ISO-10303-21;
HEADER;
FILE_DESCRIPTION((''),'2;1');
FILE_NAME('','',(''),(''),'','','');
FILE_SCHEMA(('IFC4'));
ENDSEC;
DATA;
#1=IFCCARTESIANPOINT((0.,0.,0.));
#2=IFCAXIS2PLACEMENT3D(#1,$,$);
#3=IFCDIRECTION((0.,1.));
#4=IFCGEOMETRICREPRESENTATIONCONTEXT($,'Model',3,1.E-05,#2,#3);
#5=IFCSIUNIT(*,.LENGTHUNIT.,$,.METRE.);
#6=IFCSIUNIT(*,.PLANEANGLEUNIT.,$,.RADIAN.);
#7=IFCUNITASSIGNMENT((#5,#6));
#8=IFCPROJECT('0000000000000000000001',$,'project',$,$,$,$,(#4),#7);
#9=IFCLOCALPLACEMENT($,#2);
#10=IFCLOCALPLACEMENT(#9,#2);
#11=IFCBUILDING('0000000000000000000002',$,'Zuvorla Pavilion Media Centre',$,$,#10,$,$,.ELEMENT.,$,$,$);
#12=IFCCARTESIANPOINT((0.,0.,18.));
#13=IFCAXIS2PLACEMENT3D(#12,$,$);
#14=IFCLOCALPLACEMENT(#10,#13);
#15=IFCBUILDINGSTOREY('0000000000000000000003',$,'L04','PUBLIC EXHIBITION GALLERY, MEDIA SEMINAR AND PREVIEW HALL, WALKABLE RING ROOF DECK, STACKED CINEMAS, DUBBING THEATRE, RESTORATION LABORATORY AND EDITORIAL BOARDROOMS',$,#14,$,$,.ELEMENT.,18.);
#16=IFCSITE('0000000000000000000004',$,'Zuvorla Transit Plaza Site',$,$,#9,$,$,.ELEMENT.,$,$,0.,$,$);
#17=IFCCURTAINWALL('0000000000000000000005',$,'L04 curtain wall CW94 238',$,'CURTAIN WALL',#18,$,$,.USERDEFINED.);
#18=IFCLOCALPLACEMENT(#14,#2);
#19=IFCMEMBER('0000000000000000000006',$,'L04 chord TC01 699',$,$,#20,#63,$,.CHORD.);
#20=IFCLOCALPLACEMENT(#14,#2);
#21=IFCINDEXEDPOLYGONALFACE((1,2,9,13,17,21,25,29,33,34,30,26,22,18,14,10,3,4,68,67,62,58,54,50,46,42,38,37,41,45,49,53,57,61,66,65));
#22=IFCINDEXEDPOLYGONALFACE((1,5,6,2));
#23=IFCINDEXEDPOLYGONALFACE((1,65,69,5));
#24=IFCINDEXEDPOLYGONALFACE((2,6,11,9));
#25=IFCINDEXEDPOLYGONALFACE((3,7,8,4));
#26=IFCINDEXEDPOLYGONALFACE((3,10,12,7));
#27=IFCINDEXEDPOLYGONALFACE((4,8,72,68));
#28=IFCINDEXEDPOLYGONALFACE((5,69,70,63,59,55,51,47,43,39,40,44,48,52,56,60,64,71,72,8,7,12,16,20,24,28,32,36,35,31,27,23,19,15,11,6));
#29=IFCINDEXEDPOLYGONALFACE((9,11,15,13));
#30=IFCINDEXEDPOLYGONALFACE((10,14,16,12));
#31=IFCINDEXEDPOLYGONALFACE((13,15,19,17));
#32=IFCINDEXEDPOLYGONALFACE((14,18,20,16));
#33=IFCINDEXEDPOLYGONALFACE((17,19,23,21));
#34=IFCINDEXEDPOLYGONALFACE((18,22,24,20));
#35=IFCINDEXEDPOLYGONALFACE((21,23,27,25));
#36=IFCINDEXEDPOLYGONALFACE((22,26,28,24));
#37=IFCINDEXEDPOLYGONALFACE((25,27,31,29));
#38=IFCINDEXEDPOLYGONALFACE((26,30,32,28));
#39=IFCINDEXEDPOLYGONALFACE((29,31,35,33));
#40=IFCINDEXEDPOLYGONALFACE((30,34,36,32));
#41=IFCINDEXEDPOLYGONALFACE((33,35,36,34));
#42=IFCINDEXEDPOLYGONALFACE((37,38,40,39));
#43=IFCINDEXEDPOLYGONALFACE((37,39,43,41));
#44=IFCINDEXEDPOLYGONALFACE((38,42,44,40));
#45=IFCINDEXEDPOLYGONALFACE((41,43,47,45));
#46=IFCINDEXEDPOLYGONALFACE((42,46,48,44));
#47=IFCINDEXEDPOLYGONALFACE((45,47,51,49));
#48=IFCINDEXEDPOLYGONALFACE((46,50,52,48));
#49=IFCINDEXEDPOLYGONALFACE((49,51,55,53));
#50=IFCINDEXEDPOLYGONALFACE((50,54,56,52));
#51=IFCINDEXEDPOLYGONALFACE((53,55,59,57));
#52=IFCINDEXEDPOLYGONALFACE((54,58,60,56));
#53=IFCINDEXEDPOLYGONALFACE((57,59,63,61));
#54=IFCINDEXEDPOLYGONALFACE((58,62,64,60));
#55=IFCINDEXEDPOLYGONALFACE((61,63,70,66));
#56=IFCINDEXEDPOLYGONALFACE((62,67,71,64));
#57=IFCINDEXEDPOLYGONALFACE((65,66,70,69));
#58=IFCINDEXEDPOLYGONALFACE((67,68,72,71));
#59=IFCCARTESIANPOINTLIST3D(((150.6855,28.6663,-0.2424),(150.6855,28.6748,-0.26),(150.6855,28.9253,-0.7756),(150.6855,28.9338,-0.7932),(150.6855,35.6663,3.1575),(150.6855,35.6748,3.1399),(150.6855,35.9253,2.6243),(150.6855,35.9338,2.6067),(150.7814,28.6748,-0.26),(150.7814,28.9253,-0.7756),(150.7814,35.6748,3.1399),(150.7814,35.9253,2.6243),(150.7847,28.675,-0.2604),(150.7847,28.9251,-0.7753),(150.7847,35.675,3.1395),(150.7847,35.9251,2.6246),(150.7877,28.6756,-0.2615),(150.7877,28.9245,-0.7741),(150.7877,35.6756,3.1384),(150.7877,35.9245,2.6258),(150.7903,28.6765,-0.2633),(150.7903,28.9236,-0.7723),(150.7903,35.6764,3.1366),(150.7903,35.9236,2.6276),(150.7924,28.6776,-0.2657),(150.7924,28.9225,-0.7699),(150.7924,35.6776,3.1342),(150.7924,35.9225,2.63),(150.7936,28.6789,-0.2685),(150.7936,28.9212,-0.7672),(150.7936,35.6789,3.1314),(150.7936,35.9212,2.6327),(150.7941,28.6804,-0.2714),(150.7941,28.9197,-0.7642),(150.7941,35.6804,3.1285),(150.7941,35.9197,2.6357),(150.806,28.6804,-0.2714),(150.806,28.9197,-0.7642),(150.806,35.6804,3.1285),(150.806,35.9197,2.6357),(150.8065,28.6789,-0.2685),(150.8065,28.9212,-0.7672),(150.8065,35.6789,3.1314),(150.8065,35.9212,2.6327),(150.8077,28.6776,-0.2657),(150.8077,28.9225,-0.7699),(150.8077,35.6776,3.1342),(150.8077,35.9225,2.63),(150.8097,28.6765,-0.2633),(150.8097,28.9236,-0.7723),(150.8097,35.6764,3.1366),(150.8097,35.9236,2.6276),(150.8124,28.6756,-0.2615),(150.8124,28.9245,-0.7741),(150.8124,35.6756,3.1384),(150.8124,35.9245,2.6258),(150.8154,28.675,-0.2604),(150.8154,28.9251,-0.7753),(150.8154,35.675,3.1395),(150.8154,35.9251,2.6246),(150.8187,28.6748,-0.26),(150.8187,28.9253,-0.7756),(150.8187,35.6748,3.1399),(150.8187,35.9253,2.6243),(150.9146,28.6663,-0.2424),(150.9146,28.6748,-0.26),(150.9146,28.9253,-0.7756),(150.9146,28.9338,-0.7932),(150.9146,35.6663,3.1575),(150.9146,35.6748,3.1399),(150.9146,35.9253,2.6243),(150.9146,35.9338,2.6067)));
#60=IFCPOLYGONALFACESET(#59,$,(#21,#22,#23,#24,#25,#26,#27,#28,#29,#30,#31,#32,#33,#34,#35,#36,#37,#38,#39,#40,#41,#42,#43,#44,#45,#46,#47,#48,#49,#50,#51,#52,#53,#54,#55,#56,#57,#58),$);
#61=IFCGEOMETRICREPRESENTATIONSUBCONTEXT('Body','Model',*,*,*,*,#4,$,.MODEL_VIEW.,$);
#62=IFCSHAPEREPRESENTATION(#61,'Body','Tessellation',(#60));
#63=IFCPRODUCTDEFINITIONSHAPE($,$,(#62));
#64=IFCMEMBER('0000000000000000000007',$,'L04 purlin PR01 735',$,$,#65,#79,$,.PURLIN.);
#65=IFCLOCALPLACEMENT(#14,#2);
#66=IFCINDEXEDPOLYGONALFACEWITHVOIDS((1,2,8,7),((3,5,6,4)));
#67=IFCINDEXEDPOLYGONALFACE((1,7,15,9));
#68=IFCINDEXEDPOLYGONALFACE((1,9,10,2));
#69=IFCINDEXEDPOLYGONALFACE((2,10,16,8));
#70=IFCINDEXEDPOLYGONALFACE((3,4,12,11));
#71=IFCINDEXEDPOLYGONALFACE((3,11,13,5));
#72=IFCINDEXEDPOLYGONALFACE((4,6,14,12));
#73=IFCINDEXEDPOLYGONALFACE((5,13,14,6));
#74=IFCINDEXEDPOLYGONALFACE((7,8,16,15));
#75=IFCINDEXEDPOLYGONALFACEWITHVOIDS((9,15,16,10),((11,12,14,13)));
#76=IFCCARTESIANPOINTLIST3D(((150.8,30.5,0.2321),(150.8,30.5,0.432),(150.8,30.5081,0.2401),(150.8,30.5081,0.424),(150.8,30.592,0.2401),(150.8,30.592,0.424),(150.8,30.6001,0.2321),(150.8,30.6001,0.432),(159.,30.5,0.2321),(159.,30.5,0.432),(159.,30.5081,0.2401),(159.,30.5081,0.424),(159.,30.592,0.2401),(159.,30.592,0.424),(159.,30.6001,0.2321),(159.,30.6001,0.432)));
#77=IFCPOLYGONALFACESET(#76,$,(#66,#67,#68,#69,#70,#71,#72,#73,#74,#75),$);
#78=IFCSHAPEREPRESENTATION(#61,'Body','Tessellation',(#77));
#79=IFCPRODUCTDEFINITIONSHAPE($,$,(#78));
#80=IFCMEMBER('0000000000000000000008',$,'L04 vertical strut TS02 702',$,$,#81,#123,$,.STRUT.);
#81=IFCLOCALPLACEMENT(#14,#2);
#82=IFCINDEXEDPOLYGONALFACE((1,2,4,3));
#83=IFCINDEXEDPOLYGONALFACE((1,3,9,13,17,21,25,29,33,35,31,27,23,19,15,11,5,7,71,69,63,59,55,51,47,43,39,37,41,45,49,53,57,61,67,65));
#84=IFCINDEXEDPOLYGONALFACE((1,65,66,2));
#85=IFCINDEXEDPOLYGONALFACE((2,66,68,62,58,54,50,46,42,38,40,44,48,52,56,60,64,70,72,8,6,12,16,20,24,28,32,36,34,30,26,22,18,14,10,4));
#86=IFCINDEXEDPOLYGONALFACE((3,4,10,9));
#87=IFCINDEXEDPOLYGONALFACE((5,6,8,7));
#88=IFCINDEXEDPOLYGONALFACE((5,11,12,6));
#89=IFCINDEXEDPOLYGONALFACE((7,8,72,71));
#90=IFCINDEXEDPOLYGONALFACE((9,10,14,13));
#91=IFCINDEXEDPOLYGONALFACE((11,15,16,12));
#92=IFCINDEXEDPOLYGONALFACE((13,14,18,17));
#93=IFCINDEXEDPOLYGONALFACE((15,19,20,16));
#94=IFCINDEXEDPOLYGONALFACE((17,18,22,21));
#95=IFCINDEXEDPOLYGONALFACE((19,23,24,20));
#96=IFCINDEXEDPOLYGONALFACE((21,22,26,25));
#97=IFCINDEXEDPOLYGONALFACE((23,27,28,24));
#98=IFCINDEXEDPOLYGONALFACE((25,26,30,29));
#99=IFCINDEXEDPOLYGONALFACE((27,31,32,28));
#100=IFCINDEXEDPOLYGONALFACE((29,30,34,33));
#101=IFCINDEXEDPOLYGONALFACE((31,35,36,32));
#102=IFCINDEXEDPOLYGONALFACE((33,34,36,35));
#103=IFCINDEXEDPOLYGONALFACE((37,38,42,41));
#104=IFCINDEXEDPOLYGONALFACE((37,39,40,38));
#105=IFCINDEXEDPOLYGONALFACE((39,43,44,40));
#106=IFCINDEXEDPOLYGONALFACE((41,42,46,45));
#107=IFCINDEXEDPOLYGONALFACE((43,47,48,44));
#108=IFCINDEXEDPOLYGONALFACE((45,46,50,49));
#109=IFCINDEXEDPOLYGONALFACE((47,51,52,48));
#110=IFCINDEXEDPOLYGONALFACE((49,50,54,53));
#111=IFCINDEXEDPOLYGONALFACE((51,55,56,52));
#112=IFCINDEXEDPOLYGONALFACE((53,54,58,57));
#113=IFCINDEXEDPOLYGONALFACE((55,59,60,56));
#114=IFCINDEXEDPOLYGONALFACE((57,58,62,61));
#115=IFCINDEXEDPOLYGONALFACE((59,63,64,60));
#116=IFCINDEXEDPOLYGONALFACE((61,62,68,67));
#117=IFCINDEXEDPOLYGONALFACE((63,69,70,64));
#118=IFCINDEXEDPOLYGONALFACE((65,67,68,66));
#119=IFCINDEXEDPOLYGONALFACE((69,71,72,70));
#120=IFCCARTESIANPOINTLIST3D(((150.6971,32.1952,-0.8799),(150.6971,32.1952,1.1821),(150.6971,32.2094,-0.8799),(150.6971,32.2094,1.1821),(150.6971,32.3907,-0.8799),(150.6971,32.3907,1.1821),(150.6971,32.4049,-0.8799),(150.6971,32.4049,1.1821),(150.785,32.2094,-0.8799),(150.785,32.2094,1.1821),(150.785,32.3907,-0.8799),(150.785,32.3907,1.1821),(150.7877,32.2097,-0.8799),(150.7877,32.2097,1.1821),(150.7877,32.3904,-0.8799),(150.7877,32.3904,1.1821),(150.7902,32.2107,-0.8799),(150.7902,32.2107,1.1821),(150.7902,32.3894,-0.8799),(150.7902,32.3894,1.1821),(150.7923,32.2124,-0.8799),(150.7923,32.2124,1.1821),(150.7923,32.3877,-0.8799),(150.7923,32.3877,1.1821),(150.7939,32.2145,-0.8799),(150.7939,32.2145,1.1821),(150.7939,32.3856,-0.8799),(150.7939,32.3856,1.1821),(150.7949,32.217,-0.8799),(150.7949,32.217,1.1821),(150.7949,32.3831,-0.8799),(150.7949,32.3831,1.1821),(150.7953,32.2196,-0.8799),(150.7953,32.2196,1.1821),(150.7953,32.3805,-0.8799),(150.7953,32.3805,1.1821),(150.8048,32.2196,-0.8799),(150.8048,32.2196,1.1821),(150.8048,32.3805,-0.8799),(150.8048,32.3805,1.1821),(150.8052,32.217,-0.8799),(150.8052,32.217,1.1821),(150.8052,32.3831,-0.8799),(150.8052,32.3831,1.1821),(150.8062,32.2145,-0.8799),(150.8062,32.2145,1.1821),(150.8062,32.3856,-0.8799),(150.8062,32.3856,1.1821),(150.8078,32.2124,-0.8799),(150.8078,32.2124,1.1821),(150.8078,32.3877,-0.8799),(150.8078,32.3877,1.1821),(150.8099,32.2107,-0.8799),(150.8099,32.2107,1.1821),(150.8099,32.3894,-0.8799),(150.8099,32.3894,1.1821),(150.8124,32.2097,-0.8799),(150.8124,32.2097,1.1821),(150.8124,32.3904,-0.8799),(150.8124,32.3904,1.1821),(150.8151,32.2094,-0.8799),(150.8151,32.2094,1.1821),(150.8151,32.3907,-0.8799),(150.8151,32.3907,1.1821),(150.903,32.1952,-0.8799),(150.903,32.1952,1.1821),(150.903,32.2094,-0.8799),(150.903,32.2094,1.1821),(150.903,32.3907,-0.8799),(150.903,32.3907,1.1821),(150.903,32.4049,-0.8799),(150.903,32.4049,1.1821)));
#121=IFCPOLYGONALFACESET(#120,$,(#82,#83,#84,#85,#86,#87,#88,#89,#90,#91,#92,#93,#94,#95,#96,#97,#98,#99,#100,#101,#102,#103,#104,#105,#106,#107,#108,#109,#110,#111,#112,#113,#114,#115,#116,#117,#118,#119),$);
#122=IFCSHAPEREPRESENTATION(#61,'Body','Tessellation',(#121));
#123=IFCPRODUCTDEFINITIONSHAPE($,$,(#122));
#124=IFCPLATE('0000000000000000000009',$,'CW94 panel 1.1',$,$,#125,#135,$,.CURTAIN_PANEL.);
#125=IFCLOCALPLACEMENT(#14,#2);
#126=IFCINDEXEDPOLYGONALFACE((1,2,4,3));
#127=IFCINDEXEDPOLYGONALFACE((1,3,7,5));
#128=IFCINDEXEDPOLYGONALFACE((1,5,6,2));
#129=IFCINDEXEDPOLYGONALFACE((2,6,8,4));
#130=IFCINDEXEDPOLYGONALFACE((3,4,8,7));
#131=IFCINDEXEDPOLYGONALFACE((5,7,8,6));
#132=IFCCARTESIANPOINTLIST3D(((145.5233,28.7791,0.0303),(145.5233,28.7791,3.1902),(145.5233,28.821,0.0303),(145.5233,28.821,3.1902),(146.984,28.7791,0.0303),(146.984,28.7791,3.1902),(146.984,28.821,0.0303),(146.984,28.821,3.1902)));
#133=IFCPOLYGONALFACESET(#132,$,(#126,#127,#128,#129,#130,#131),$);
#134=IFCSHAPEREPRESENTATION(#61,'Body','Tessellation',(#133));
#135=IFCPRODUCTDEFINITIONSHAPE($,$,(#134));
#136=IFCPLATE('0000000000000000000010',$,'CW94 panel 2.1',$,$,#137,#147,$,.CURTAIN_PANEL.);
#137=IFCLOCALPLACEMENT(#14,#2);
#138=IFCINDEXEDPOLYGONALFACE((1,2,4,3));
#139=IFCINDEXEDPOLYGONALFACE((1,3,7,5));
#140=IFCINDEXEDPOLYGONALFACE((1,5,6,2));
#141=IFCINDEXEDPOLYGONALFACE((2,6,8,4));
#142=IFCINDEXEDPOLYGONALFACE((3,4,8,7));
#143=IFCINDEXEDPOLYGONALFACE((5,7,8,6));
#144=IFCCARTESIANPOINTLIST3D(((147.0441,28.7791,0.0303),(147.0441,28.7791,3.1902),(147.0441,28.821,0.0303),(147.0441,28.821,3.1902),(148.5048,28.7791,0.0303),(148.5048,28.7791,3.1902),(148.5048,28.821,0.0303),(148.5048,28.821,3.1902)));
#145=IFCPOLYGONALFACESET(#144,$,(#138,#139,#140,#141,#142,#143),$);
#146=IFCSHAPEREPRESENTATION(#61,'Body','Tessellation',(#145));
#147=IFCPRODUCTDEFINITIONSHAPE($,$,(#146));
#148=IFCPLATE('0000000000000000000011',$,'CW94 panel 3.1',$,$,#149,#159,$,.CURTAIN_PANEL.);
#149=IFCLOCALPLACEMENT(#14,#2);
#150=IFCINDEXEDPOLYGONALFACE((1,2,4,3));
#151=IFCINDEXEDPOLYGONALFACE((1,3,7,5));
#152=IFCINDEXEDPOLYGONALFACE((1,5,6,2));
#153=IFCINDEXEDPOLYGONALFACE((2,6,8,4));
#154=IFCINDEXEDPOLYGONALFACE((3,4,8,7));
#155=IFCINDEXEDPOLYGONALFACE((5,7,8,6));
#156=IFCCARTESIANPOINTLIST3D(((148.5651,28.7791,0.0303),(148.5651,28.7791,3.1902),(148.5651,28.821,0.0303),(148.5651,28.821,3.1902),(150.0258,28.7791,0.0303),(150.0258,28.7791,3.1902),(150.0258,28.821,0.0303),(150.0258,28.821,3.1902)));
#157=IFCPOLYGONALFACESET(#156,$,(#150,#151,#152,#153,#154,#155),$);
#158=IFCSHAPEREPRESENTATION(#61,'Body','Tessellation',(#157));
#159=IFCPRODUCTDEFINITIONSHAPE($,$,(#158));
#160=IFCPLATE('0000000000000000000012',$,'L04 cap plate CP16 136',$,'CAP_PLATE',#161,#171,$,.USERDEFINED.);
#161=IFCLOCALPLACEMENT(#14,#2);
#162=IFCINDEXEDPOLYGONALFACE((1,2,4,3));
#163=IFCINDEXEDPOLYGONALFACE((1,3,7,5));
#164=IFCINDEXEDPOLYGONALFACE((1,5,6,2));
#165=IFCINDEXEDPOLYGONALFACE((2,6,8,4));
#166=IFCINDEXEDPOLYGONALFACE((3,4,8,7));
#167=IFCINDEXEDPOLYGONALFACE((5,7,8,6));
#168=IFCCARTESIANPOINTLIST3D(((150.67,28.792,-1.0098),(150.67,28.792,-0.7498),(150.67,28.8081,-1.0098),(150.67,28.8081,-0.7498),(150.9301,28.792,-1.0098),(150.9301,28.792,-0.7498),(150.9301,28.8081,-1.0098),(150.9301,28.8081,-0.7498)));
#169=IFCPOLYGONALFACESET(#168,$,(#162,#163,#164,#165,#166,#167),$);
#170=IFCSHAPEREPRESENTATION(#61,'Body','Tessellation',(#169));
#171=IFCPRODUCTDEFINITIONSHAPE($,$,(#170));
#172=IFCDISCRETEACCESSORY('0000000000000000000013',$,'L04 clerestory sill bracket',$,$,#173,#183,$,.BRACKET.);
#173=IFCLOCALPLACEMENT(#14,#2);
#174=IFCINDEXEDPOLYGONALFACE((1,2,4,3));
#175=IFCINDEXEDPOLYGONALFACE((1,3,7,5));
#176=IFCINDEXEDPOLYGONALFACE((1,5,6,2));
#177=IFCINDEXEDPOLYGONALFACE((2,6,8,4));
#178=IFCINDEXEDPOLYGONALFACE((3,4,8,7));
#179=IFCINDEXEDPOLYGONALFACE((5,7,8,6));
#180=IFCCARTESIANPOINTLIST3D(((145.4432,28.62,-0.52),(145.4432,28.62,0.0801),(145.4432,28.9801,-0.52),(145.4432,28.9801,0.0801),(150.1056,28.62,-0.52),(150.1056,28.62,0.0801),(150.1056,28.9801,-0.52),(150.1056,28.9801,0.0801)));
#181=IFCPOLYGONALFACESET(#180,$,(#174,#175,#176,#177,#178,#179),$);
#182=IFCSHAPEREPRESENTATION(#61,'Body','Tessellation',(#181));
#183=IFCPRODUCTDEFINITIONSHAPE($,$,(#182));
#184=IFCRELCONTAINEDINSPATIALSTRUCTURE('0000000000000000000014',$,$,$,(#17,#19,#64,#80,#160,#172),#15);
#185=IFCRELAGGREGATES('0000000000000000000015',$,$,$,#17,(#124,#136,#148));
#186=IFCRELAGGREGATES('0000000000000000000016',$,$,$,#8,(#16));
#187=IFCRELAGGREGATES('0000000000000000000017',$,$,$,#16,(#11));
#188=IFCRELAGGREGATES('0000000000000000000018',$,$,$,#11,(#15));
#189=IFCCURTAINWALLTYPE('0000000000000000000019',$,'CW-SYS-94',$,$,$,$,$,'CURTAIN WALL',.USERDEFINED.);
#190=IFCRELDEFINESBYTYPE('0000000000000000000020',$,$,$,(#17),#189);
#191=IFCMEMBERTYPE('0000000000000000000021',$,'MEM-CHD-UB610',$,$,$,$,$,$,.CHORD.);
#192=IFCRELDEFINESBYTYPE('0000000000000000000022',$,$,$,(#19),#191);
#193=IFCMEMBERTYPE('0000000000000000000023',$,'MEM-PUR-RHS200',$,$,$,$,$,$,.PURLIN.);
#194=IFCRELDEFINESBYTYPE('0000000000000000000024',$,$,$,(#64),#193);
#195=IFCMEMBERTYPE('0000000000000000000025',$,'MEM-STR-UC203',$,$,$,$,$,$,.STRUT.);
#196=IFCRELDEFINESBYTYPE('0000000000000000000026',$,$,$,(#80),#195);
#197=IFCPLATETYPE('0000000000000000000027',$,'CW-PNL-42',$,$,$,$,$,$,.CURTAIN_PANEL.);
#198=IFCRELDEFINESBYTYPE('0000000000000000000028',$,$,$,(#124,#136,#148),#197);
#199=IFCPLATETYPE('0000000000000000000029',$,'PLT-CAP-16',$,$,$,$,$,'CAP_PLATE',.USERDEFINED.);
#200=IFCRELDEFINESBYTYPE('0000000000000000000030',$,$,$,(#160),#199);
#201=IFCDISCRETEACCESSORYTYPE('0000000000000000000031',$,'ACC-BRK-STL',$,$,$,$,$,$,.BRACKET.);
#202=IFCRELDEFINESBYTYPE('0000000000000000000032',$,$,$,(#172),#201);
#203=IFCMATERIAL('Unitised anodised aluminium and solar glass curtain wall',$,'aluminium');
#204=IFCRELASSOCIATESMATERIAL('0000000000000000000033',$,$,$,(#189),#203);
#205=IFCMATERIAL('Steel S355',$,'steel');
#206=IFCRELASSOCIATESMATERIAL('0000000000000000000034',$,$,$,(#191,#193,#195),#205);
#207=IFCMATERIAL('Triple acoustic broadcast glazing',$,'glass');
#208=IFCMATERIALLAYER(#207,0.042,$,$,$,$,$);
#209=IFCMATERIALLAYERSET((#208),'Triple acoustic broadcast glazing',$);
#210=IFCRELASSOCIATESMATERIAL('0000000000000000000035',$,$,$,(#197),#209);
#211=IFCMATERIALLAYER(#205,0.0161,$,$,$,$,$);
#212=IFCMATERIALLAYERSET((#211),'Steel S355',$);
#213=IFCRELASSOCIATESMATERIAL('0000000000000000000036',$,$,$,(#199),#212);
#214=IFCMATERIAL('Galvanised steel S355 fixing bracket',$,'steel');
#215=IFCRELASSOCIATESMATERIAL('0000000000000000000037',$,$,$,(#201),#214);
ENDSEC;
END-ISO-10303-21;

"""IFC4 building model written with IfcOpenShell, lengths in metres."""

from ifc_helpers import new_model, si_unit, direction, frame, origin, origin_2d, place, context, subcontext, project, spatial, rectangle, hollow_rectangle, i_section, extrude, material, layer, layer_set, material_profile, profile_set, type_object, element, aggregate, save


model = new_model("IFC4")

# Units and contexts
model_context = context("Model", 3, precision=1e-05, world=origin(), true_north=direction((0.0, 1.0)))
body_context = subcontext(model_context, "Body", "Model", "MODEL_VIEW")
ifc_project = project(units=[si_unit("LENGTHUNIT", "METRE"), si_unit("PLANEANGLEUNIT", "RADIAN")], contexts=[model_context])

# Site, building, storey
site_placement = place(None, origin())
site = spatial("IfcSite", under=ifc_project, at=site_placement, Name="Zuvorla Transit Plaza Site", CompositionType="ELEMENT", RefElevation=0.0)
building_placement = place(site_placement, origin())
building = spatial("IfcBuilding", under=site, at=building_placement, Name="Zuvorla Pavilion Media Centre", CompositionType="ELEMENT")
storey_placement = place(building_placement, frame((0.0, 0.0, 18.0)))
storey = spatial("IfcBuildingStorey", under=building, at=storey_placement, Name="L04", Description="PUBLIC EXHIBITION GALLERY, MEDIA SEMINAR AND PREVIEW HALL, WALKABLE RING ROOF DECK, STACKED CINEMAS, DUBBING THEATRE, RESTORATION LABORATORY AND EDITORIAL BOARDROOMS", CompositionType="ELEMENT", Elevation=18.0)

# Shared definitions
ifc_material_1 = material(Name="Steel S355", Category="steel")

# Curtain wall
ifc_material_2 = material(Name="Unitised anodised aluminium and solar glass curtain wall", Category="aluminium")
curtain_wall_type = type_object("IfcCurtainWallType", Name="CW-SYS-94", ElementType="CURTAIN WALL", PredefinedType="USERDEFINED", material=ifc_material_2)
curtain_wall_placement = place(storey_placement, origin())
curtain_wall = element("IfcCurtainWall", 1, at=curtain_wall_placement, inside=storey, type_object=curtain_wall_type, Name="L04 curtain wall CW94 238", ObjectType="CURTAIN WALL", PredefinedType="USERDEFINED")

# Members
ifc_material_profile_1 = material_profile(ifc_material_1, i_section(OverallWidth=0.229, OverallDepth=0.6123, WebThickness=0.012, FlangeThickness=0.0195, FilletRadius=0.0127, at=origin_2d()), Name="UB 610x229x125")
ifc_profile_set_1 = profile_set([ifc_material_profile_1], Name="Steel S355")
member_type_1 = type_object("IfcMemberType", Name="MEM-CHD-UB610", PredefinedType="CHORD", material=ifc_profile_set_1)
member_1_placement = place(storey_placement, frame((150.8, 28.8, -0.5178), z_axis=(0.0, 0.899513, 0.436894), x_axis=(-1.0, 0.0, 0.0)))
element("IfcMember", 2, at=member_1_placement, inside=storey, type_object=member_type_1, Name="L04 chord TC01 699", PredefinedType="CHORD", context=body_context, shape_type="SweptSolid", body=[
    extrude(i_section(OverallWidth=0.229, OverallDepth=0.6123, WebThickness=0.012, FlangeThickness=0.0195, FilletRadius=0.0127, at=origin_2d()), origin(), (0.0, 0.0, 1.0), 7.782),
])
ifc_material_profile_2 = material_profile(ifc_material_1, hollow_rectangle(XDim=0.1001, YDim=0.2, WallThickness=0.0081, at=origin_2d()), Name="RHS 200x100x8")
ifc_profile_set_2 = profile_set([ifc_material_profile_2], Name="Steel S355")
member_type_2 = type_object("IfcMemberType", Name="MEM-PUR-RHS200", PredefinedType="PURLIN", material=ifc_profile_set_2)
member_2_placement = place(storey_placement, frame((150.8, 30.55, 0.332), z_axis=(1.0, 0.0, 0.0), x_axis=(0.0, 1.0, 0.0)))
element("IfcMember", 3, at=member_2_placement, inside=storey, type_object=member_type_2, Name="L04 purlin PR01 735", PredefinedType="PURLIN", context=body_context, shape_type="SweptSolid", body=[
    extrude(hollow_rectangle(XDim=0.1001, YDim=0.2, WallThickness=0.0081, at=origin_2d()), origin(), (0.0, 0.0, 1.0), 8.2),
])
ifc_material_profile_3 = material_profile(ifc_material_1, i_section(OverallWidth=0.2058, OverallDepth=0.2097, WebThickness=0.0095, FlangeThickness=0.0142, FilletRadius=0.0103, at=origin_2d()), Name="UC 203x203x60")
ifc_profile_set_3 = profile_set([ifc_material_profile_3], Name="Steel S355")
member_type_3 = type_object("IfcMemberType", Name="MEM-STR-UC203", PredefinedType="STRUT", material=ifc_profile_set_3)
member_3_placement = place(storey_placement, frame((150.8, 32.3, -0.8799), z_axis=(0.0, 0.0, 1.0), x_axis=(1.0, 0.0, 0.0)))
element("IfcMember", 4, at=member_3_placement, inside=storey, type_object=member_type_3, Name="L04 vertical strut TS02 702", PredefinedType="STRUT", context=body_context, shape_type="SweptSolid", body=[
    extrude(i_section(OverallWidth=0.2058, OverallDepth=0.2097, WebThickness=0.0095, FlangeThickness=0.0142, FilletRadius=0.0103, at=origin_2d()), origin(), (0.0, 0.0, 1.0), 2.062),
])

# Plates
ifc_material_3 = material(Name="Triple acoustic broadcast glazing", Category="glass")
ifc_layer_1 = layer(ifc_material_3, 0.042)
ifc_layer_set_1 = layer_set([ifc_layer_1], Name="Triple acoustic broadcast glazing")
plate_type_1 = type_object("IfcPlateType", Name="CW-PNL-42", PredefinedType="CURTAIN_PANEL", material=ifc_layer_set_1)
plate_1_placement = place(storey_placement, frame((146.2537, 28.8, 0.0303), z_axis=(0.0, 0.0, 1.0), x_axis=(1.0, 0.0, 0.0)))
plate_1 = element("IfcPlate", 5, at=plate_1_placement, type_object=plate_type_1, Name="CW94 panel 1.1", PredefinedType="CURTAIN_PANEL", context=body_context, shape_type="SweptSolid", body=[
    extrude(rectangle(XDim=1.4607, YDim=0.042, at=origin_2d()), origin(), (0.0, 0.0, 1.0), 3.1599),
])
plate_2_placement = place(storey_placement, frame((147.7744, 28.8, 0.0303), z_axis=(0.0, 0.0, 1.0), x_axis=(1.0, 0.0, 0.0)))
plate_2 = element("IfcPlate", 6, at=plate_2_placement, type_object=plate_type_1, Name="CW94 panel 2.1", PredefinedType="CURTAIN_PANEL", context=body_context, shape_type="SweptSolid", body=[
    extrude(rectangle(XDim=1.4607, YDim=0.042, at=origin_2d()), origin(), (0.0, 0.0, 1.0), 3.1599),
])
plate_3_placement = place(storey_placement, frame((149.2954, 28.8, 0.0303), z_axis=(0.0, 0.0, 1.0), x_axis=(1.0, 0.0, 0.0)))
plate_3 = element("IfcPlate", 7, at=plate_3_placement, type_object=plate_type_1, Name="CW94 panel 3.1", PredefinedType="CURTAIN_PANEL", context=body_context, shape_type="SweptSolid", body=[
    extrude(rectangle(XDim=1.4607, YDim=0.042, at=origin_2d()), origin(), (0.0, 0.0, 1.0), 3.1599),
])
aggregate(curtain_wall, [plate_1, plate_2, plate_3])
ifc_layer_2 = layer(ifc_material_1, 0.0161)
ifc_layer_set_2 = layer_set([ifc_layer_2], Name="Steel S355")
plate_type_2 = type_object("IfcPlateType", Name="PLT-CAP-16", ElementType="CAP_PLATE", PredefinedType="USERDEFINED", material=ifc_layer_set_2)
plate_4_placement = place(storey_placement, frame((150.8, 28.8, -1.0098), z_axis=(0.0, 0.0, 1.0), x_axis=(1.0, 0.0, 0.0)))
element("IfcPlate", 8, at=plate_4_placement, inside=storey, type_object=plate_type_2, Name="L04 cap plate CP16 136", ObjectType="CAP_PLATE", PredefinedType="USERDEFINED", context=body_context, shape_type="SweptSolid", body=[
    extrude(rectangle(XDim=0.26, YDim=0.0161, at=origin_2d()), origin(), (0.0, 0.0, 1.0), 0.26),
])

# Discrete accessory
ifc_material_4 = material(Name="Galvanised steel S355 fixing bracket", Category="steel")
discrete_accessory_type = type_object("IfcDiscreteAccessoryType", Name="ACC-BRK-STL", PredefinedType="BRACKET", material=ifc_material_4)
discrete_accessory_placement = place(storey_placement, frame((147.7744, 28.8, -0.52), z_axis=(0.0, 0.0, 1.0), x_axis=(1.0, 0.0, 0.0)))
element("IfcDiscreteAccessory", 9, at=discrete_accessory_placement, inside=storey, type_object=discrete_accessory_type, Name="L04 clerestory sill bracket", PredefinedType="BRACKET", context=body_context, shape_type="SweptSolid", body=[
    extrude(rectangle(XDim=4.6624, YDim=0.3601, at=origin_2d()), origin(), (0.0, 0.0, 1.0), 0.6001),
])

save(model, "model.ifc")
